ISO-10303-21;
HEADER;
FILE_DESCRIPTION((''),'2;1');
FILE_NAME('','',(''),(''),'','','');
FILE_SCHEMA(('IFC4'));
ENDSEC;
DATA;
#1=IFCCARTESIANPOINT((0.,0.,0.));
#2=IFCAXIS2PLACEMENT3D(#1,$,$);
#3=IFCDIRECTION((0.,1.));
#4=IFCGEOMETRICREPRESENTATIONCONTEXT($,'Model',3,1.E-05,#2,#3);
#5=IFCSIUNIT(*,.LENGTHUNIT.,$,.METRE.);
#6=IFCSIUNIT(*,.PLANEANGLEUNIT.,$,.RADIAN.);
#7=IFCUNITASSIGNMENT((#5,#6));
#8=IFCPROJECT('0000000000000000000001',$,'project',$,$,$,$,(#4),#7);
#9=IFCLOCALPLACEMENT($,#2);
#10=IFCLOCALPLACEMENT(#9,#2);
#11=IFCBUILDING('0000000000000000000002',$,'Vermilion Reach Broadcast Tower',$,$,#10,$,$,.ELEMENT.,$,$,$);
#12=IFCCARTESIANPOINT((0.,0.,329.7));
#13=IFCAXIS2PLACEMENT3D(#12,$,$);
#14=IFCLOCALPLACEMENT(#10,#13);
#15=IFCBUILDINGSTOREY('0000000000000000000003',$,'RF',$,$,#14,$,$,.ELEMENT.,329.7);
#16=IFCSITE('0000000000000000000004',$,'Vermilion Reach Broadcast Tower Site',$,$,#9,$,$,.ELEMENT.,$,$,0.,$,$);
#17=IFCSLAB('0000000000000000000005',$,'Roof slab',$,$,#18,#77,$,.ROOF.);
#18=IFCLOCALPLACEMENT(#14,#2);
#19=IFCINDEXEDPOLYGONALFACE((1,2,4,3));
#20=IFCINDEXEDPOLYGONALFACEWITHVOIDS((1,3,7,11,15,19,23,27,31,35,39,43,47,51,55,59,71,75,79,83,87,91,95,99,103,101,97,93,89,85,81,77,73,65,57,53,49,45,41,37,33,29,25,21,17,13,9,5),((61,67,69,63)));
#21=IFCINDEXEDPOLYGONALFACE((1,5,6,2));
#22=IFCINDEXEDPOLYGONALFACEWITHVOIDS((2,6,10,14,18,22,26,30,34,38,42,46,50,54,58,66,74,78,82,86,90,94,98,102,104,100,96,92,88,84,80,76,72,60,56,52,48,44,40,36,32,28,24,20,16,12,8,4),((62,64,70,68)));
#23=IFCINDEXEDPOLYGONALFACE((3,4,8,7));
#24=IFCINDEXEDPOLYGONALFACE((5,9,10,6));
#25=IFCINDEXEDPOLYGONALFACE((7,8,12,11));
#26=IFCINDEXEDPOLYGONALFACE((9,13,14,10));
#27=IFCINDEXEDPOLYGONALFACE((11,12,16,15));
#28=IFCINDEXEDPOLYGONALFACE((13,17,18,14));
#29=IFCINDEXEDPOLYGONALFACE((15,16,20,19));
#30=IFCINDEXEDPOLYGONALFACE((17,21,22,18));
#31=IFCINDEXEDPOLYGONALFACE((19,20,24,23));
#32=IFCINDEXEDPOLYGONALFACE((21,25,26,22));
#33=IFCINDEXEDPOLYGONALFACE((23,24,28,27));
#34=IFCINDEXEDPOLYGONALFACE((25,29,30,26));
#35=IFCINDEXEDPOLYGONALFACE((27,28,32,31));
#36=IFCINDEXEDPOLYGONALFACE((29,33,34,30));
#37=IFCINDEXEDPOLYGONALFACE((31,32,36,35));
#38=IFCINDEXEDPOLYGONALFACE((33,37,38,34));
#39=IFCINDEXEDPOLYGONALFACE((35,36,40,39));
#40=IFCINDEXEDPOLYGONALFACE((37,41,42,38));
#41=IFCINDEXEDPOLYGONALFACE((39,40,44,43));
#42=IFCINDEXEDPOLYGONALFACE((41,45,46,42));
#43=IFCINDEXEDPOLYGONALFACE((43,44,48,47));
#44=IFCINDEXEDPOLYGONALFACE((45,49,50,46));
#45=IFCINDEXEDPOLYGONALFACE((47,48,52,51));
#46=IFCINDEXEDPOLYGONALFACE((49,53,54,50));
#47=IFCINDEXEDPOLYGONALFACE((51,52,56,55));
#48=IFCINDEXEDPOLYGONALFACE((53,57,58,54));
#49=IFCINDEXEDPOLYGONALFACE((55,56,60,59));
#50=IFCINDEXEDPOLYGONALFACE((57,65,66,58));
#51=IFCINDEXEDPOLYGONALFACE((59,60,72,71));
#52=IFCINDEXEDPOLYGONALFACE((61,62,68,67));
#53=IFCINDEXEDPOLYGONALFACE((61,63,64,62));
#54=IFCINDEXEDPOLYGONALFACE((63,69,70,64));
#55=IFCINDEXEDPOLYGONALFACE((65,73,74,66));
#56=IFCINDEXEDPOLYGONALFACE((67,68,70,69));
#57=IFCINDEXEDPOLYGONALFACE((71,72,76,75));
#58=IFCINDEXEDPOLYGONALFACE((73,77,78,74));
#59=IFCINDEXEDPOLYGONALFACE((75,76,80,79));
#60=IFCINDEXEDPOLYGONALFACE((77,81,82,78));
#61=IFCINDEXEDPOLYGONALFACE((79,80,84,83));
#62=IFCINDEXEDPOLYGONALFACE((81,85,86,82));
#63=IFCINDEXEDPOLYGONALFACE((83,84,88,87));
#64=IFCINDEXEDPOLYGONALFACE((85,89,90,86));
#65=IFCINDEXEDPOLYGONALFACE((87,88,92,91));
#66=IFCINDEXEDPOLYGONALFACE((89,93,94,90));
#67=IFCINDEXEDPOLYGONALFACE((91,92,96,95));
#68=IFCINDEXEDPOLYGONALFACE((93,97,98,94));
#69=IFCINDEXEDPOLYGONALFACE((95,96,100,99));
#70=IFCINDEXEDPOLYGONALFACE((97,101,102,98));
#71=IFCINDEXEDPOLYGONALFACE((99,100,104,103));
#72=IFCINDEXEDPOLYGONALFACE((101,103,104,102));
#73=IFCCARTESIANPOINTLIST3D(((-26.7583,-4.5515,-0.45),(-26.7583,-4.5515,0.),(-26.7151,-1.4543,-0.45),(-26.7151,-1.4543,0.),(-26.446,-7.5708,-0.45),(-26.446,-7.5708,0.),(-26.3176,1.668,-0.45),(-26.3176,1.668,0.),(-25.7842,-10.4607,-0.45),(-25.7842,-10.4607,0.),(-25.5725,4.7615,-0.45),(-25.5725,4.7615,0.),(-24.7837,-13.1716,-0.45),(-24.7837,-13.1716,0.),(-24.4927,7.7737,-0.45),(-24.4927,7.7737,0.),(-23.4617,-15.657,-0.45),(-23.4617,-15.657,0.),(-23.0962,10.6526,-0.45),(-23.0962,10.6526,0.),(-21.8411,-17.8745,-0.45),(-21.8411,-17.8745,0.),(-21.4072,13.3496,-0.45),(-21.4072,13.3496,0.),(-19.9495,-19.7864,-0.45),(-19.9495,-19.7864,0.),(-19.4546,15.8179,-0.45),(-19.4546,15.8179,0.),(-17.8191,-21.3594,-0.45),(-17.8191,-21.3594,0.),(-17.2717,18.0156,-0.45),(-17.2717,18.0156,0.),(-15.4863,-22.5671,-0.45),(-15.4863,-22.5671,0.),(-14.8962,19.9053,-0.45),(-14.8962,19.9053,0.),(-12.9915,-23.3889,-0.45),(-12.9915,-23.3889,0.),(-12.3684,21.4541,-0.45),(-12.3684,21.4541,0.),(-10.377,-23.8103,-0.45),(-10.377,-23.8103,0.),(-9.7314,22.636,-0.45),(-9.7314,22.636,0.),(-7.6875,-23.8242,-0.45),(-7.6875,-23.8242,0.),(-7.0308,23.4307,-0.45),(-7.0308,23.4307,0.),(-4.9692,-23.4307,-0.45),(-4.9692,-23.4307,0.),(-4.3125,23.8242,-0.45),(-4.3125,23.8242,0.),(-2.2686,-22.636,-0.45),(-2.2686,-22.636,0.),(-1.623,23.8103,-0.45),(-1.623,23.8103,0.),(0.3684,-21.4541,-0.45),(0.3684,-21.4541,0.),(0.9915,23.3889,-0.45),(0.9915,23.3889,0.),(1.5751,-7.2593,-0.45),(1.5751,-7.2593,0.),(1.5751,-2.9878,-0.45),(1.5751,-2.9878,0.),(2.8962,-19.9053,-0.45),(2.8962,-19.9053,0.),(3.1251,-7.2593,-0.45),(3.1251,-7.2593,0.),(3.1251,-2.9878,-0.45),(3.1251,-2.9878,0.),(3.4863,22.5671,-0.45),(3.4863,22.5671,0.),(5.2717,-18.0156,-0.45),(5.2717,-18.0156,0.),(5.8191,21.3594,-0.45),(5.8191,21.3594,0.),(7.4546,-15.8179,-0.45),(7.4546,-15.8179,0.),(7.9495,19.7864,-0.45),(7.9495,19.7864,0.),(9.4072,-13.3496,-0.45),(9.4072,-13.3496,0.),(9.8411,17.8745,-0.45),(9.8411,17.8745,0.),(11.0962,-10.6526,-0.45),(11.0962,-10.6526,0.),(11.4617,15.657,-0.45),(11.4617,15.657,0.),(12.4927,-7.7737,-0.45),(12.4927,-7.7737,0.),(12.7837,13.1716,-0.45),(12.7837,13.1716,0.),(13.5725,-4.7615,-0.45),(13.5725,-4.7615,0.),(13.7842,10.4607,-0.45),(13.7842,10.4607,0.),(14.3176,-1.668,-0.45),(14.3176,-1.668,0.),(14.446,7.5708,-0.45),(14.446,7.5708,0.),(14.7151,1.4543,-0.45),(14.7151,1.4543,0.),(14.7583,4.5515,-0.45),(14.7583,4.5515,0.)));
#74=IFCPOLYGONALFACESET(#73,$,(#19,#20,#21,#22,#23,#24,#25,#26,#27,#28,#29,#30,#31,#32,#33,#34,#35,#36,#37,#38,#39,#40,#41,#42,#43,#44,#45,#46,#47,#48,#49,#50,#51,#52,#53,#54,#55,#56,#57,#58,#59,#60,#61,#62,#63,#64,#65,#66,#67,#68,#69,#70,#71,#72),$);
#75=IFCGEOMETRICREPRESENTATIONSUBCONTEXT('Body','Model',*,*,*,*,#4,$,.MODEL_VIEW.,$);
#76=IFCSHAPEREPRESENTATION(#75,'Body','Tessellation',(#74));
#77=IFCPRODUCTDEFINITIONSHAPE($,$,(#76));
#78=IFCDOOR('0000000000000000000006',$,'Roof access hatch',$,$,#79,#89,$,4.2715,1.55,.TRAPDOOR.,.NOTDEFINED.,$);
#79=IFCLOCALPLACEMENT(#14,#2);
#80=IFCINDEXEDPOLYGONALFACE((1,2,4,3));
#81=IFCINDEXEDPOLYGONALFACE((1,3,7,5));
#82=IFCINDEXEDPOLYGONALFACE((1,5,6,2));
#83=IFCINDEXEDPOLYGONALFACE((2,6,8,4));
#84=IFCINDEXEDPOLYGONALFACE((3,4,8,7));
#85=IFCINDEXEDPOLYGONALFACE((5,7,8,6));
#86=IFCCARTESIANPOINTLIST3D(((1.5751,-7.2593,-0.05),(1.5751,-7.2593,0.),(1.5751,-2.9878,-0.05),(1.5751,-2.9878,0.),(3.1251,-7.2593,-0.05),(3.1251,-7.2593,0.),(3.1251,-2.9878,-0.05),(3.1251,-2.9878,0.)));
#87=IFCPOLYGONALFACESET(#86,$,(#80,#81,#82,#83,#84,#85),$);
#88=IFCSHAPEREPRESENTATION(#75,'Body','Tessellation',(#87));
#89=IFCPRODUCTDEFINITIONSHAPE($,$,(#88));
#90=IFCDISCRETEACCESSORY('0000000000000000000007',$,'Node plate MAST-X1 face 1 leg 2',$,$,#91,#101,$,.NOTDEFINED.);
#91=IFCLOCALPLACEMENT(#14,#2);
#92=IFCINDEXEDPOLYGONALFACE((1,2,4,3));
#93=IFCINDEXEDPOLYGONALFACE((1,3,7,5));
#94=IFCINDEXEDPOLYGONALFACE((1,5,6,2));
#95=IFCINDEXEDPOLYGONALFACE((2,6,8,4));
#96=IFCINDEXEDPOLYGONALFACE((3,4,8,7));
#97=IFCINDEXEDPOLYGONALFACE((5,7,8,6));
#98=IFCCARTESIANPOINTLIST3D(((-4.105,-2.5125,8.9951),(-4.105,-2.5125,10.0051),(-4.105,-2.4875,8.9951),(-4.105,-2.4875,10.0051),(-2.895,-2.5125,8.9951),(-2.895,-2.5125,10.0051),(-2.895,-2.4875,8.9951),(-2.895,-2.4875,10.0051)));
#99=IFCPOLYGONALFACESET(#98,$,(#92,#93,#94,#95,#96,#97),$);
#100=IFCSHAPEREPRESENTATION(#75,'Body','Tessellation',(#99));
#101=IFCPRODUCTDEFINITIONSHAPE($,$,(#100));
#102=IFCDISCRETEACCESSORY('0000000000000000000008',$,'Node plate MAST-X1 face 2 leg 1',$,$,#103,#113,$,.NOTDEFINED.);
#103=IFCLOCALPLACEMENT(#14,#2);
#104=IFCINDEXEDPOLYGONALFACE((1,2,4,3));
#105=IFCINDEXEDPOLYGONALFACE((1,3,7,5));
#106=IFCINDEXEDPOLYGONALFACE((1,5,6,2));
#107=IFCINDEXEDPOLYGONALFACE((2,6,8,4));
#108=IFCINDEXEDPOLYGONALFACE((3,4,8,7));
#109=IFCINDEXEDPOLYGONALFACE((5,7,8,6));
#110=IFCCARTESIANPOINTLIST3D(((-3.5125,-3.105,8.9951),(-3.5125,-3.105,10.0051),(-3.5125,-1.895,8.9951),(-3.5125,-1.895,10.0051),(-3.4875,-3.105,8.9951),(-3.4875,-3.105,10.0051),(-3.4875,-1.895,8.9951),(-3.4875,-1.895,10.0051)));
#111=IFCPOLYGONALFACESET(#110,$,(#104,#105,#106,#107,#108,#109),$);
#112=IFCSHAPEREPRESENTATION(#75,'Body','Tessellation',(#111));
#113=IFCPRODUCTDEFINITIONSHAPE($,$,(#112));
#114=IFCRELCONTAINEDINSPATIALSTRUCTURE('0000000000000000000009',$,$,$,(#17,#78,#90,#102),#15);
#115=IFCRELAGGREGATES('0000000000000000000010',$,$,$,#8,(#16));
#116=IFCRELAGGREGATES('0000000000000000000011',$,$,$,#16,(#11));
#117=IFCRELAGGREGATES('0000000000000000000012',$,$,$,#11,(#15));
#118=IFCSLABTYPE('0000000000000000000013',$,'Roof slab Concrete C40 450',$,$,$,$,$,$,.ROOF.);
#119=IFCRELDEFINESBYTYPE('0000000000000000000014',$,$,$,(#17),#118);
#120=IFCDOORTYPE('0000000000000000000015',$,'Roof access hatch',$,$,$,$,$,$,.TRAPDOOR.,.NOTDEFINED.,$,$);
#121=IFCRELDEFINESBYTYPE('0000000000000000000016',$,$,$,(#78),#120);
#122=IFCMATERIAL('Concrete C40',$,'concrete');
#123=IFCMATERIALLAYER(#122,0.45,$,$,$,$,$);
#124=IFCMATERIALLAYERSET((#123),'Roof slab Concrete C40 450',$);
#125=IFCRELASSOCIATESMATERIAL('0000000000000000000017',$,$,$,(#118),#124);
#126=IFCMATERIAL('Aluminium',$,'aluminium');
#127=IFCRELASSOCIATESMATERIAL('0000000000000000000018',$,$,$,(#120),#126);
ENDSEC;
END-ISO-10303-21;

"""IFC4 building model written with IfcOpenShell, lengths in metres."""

from ifc_helpers import new_model, si_unit, direction, frame, origin, origin_2d, place, context, subcontext, project, spatial, polyline, rectangle, outline, extrude, material, layer, layer_set, type_object, element, fill, save


model = new_model("IFC4")

# Units and contexts
model_context = context("Model", 3, precision=1e-05, world=origin(), true_north=direction((0.0, 1.0)))
body_context = subcontext(model_context, "Body", "Model", "MODEL_VIEW")
ifc_project = project(units=[si_unit("LENGTHUNIT", "METRE"), si_unit("PLANEANGLEUNIT", "RADIAN")], contexts=[model_context])

# Site, building, storey
site_placement = place(None, origin())
site = spatial("IfcSite", under=ifc_project, at=site_placement, Name="Vermilion Reach Broadcast Tower Site", CompositionType="ELEMENT", RefElevation=0.0)
building_placement = place(site_placement, origin())
building = spatial("IfcBuilding", under=site, at=building_placement, Name="Vermilion Reach Broadcast Tower", CompositionType="ELEMENT")
storey_placement = place(building_placement, frame((0.0, 0.0, 329.7)))
storey = spatial("IfcBuildingStorey", under=building, at=storey_placement, Name="RF", CompositionType="ELEMENT", Elevation=329.7)

# Slab, opening, door
ifc_material_1 = material(Name="Concrete C40", Category="concrete")
ifc_layer_1 = layer(ifc_material_1, 0.45)
ifc_layer_set_1 = layer_set([ifc_layer_1], Name="Roof slab Concrete C40 450")
slab_type = type_object("IfcSlabType", Name="Roof slab Concrete C40 450", PredefinedType="ROOF", material=ifc_layer_set_1)
slab_placement = place(storey_placement, frame((0.0, 0.0, -0.45)))
slab = element("IfcSlab", 1, at=slab_placement, inside=storey, type_object=slab_type, Name="Roof slab", PredefinedType="ROOF", context=body_context, shape_type="SweptSolid", body=[
    extrude(outline(polyline([(3.4863, 22.5671), (0.9915, 23.3889), (-1.623, 23.8103), (-4.3125, 23.8242), (-7.0308, 23.4307), (-9.7314, 22.636), (-12.3684, 21.4541), (-14.8962, 19.9053), (-17.2717, 18.0156), (-19.4546, 15.8179), (-21.4072, 13.3496), (-23.0962, 10.6526), (-24.4927, 7.7737), (-25.5725, 4.7615), (-26.3176, 1.668), (-26.7151, -1.4543), (-26.7583, -4.5515), (-26.446, -7.5708), (-25.7842, -10.4607), (-24.7837, -13.1716), (-23.4617, -15.657), (-21.8411, -17.8745), (-19.9495, -19.7864), (-17.8191, -21.3594), (-15.4863, -22.5671), (-12.9915, -23.3889), (-10.377, -23.8103), (-7.6875, -23.8242), (-4.9692, -23.4307), (-2.2686, -22.636), (0.3684, -21.4541), (2.8962, -19.9053), (5.2717, -18.0156), (7.4546, -15.8179), (9.4072, -13.3496), (11.0962, -10.6526), (12.4927, -7.7737), (13.5725, -4.7615), (14.3176, -1.668), (14.7151, 1.4543), (14.7583, 4.5515), (14.446, 7.5708), (13.7842, 10.4607), (12.7837, 13.1716), (11.4617, 15.657), (9.8411, 17.8745), (7.9495, 19.7864), (5.8191, 21.3594), (3.4863, 22.5671)])), origin(), (0.0, 0.0, 1.0), 0.45),
])
opening_placement = place(slab_placement, frame((2.3501, -5.1235, 0.0)))
opening = element("IfcOpeningElement", 2, at=opening_placement, cuts=slab, PredefinedType="OPENING", context=body_context, shape_type="SweptSolid", body=[
    extrude(rectangle(XDim=1.55, YDim=4.2715, at=origin_2d()), origin(), (0.0, 0.0, 1.0), 0.45),
])
ifc_material_2 = material(Name="Aluminium", Category="aluminium")
door_type = type_object("IfcDoorType", Name="Roof access hatch", OperationType="NOTDEFINED", PredefinedType="TRAPDOOR", material=ifc_material_2)
door_placement = place(opening_placement, frame((0.0, 0.0, 0.3999)))
door = element("IfcDoor", 3, at=door_placement, inside=storey, type_object=door_type, Name="Roof access hatch", OperationType="NOTDEFINED", OverallHeight=4.2715, OverallWidth=1.55, PredefinedType="TRAPDOOR", context=body_context, shape_type="SweptSolid", body=[
    extrude(rectangle(XDim=1.55, YDim=4.2715, at=origin_2d()), origin(), (0.0, 0.0, 1.0), 0.05),
])
fill(opening, door)

# Discrete accessories
for number, where, z_axis, x_axis, name in (
    (4, (-3.5, -2.5, 8.9951), (0.0, 0.0, 1.0), (0.0, 1.0, 0.0), "Node plate MAST-X1 face 1 leg 2"),
    (5, (-3.5, -2.5, 8.9951), (0.0, 0.0, 1.0), (-1.0, 0.0, 0.0), "Node plate MAST-X1 face 2 leg 1"),
):
    element("IfcDiscreteAccessory", number, at=place(storey_placement, frame(where, z_axis=z_axis, x_axis=x_axis)), inside=storey, Name=name, PredefinedType="NOTDEFINED", context=body_context, shape_type="SweptSolid", body=[
        extrude(rectangle(XDim=0.0249, YDim=1.21, at=origin_2d()), origin(), (0.0, 0.0, 1.0), 1.01),
    ])

save(model, "model.ifc")
